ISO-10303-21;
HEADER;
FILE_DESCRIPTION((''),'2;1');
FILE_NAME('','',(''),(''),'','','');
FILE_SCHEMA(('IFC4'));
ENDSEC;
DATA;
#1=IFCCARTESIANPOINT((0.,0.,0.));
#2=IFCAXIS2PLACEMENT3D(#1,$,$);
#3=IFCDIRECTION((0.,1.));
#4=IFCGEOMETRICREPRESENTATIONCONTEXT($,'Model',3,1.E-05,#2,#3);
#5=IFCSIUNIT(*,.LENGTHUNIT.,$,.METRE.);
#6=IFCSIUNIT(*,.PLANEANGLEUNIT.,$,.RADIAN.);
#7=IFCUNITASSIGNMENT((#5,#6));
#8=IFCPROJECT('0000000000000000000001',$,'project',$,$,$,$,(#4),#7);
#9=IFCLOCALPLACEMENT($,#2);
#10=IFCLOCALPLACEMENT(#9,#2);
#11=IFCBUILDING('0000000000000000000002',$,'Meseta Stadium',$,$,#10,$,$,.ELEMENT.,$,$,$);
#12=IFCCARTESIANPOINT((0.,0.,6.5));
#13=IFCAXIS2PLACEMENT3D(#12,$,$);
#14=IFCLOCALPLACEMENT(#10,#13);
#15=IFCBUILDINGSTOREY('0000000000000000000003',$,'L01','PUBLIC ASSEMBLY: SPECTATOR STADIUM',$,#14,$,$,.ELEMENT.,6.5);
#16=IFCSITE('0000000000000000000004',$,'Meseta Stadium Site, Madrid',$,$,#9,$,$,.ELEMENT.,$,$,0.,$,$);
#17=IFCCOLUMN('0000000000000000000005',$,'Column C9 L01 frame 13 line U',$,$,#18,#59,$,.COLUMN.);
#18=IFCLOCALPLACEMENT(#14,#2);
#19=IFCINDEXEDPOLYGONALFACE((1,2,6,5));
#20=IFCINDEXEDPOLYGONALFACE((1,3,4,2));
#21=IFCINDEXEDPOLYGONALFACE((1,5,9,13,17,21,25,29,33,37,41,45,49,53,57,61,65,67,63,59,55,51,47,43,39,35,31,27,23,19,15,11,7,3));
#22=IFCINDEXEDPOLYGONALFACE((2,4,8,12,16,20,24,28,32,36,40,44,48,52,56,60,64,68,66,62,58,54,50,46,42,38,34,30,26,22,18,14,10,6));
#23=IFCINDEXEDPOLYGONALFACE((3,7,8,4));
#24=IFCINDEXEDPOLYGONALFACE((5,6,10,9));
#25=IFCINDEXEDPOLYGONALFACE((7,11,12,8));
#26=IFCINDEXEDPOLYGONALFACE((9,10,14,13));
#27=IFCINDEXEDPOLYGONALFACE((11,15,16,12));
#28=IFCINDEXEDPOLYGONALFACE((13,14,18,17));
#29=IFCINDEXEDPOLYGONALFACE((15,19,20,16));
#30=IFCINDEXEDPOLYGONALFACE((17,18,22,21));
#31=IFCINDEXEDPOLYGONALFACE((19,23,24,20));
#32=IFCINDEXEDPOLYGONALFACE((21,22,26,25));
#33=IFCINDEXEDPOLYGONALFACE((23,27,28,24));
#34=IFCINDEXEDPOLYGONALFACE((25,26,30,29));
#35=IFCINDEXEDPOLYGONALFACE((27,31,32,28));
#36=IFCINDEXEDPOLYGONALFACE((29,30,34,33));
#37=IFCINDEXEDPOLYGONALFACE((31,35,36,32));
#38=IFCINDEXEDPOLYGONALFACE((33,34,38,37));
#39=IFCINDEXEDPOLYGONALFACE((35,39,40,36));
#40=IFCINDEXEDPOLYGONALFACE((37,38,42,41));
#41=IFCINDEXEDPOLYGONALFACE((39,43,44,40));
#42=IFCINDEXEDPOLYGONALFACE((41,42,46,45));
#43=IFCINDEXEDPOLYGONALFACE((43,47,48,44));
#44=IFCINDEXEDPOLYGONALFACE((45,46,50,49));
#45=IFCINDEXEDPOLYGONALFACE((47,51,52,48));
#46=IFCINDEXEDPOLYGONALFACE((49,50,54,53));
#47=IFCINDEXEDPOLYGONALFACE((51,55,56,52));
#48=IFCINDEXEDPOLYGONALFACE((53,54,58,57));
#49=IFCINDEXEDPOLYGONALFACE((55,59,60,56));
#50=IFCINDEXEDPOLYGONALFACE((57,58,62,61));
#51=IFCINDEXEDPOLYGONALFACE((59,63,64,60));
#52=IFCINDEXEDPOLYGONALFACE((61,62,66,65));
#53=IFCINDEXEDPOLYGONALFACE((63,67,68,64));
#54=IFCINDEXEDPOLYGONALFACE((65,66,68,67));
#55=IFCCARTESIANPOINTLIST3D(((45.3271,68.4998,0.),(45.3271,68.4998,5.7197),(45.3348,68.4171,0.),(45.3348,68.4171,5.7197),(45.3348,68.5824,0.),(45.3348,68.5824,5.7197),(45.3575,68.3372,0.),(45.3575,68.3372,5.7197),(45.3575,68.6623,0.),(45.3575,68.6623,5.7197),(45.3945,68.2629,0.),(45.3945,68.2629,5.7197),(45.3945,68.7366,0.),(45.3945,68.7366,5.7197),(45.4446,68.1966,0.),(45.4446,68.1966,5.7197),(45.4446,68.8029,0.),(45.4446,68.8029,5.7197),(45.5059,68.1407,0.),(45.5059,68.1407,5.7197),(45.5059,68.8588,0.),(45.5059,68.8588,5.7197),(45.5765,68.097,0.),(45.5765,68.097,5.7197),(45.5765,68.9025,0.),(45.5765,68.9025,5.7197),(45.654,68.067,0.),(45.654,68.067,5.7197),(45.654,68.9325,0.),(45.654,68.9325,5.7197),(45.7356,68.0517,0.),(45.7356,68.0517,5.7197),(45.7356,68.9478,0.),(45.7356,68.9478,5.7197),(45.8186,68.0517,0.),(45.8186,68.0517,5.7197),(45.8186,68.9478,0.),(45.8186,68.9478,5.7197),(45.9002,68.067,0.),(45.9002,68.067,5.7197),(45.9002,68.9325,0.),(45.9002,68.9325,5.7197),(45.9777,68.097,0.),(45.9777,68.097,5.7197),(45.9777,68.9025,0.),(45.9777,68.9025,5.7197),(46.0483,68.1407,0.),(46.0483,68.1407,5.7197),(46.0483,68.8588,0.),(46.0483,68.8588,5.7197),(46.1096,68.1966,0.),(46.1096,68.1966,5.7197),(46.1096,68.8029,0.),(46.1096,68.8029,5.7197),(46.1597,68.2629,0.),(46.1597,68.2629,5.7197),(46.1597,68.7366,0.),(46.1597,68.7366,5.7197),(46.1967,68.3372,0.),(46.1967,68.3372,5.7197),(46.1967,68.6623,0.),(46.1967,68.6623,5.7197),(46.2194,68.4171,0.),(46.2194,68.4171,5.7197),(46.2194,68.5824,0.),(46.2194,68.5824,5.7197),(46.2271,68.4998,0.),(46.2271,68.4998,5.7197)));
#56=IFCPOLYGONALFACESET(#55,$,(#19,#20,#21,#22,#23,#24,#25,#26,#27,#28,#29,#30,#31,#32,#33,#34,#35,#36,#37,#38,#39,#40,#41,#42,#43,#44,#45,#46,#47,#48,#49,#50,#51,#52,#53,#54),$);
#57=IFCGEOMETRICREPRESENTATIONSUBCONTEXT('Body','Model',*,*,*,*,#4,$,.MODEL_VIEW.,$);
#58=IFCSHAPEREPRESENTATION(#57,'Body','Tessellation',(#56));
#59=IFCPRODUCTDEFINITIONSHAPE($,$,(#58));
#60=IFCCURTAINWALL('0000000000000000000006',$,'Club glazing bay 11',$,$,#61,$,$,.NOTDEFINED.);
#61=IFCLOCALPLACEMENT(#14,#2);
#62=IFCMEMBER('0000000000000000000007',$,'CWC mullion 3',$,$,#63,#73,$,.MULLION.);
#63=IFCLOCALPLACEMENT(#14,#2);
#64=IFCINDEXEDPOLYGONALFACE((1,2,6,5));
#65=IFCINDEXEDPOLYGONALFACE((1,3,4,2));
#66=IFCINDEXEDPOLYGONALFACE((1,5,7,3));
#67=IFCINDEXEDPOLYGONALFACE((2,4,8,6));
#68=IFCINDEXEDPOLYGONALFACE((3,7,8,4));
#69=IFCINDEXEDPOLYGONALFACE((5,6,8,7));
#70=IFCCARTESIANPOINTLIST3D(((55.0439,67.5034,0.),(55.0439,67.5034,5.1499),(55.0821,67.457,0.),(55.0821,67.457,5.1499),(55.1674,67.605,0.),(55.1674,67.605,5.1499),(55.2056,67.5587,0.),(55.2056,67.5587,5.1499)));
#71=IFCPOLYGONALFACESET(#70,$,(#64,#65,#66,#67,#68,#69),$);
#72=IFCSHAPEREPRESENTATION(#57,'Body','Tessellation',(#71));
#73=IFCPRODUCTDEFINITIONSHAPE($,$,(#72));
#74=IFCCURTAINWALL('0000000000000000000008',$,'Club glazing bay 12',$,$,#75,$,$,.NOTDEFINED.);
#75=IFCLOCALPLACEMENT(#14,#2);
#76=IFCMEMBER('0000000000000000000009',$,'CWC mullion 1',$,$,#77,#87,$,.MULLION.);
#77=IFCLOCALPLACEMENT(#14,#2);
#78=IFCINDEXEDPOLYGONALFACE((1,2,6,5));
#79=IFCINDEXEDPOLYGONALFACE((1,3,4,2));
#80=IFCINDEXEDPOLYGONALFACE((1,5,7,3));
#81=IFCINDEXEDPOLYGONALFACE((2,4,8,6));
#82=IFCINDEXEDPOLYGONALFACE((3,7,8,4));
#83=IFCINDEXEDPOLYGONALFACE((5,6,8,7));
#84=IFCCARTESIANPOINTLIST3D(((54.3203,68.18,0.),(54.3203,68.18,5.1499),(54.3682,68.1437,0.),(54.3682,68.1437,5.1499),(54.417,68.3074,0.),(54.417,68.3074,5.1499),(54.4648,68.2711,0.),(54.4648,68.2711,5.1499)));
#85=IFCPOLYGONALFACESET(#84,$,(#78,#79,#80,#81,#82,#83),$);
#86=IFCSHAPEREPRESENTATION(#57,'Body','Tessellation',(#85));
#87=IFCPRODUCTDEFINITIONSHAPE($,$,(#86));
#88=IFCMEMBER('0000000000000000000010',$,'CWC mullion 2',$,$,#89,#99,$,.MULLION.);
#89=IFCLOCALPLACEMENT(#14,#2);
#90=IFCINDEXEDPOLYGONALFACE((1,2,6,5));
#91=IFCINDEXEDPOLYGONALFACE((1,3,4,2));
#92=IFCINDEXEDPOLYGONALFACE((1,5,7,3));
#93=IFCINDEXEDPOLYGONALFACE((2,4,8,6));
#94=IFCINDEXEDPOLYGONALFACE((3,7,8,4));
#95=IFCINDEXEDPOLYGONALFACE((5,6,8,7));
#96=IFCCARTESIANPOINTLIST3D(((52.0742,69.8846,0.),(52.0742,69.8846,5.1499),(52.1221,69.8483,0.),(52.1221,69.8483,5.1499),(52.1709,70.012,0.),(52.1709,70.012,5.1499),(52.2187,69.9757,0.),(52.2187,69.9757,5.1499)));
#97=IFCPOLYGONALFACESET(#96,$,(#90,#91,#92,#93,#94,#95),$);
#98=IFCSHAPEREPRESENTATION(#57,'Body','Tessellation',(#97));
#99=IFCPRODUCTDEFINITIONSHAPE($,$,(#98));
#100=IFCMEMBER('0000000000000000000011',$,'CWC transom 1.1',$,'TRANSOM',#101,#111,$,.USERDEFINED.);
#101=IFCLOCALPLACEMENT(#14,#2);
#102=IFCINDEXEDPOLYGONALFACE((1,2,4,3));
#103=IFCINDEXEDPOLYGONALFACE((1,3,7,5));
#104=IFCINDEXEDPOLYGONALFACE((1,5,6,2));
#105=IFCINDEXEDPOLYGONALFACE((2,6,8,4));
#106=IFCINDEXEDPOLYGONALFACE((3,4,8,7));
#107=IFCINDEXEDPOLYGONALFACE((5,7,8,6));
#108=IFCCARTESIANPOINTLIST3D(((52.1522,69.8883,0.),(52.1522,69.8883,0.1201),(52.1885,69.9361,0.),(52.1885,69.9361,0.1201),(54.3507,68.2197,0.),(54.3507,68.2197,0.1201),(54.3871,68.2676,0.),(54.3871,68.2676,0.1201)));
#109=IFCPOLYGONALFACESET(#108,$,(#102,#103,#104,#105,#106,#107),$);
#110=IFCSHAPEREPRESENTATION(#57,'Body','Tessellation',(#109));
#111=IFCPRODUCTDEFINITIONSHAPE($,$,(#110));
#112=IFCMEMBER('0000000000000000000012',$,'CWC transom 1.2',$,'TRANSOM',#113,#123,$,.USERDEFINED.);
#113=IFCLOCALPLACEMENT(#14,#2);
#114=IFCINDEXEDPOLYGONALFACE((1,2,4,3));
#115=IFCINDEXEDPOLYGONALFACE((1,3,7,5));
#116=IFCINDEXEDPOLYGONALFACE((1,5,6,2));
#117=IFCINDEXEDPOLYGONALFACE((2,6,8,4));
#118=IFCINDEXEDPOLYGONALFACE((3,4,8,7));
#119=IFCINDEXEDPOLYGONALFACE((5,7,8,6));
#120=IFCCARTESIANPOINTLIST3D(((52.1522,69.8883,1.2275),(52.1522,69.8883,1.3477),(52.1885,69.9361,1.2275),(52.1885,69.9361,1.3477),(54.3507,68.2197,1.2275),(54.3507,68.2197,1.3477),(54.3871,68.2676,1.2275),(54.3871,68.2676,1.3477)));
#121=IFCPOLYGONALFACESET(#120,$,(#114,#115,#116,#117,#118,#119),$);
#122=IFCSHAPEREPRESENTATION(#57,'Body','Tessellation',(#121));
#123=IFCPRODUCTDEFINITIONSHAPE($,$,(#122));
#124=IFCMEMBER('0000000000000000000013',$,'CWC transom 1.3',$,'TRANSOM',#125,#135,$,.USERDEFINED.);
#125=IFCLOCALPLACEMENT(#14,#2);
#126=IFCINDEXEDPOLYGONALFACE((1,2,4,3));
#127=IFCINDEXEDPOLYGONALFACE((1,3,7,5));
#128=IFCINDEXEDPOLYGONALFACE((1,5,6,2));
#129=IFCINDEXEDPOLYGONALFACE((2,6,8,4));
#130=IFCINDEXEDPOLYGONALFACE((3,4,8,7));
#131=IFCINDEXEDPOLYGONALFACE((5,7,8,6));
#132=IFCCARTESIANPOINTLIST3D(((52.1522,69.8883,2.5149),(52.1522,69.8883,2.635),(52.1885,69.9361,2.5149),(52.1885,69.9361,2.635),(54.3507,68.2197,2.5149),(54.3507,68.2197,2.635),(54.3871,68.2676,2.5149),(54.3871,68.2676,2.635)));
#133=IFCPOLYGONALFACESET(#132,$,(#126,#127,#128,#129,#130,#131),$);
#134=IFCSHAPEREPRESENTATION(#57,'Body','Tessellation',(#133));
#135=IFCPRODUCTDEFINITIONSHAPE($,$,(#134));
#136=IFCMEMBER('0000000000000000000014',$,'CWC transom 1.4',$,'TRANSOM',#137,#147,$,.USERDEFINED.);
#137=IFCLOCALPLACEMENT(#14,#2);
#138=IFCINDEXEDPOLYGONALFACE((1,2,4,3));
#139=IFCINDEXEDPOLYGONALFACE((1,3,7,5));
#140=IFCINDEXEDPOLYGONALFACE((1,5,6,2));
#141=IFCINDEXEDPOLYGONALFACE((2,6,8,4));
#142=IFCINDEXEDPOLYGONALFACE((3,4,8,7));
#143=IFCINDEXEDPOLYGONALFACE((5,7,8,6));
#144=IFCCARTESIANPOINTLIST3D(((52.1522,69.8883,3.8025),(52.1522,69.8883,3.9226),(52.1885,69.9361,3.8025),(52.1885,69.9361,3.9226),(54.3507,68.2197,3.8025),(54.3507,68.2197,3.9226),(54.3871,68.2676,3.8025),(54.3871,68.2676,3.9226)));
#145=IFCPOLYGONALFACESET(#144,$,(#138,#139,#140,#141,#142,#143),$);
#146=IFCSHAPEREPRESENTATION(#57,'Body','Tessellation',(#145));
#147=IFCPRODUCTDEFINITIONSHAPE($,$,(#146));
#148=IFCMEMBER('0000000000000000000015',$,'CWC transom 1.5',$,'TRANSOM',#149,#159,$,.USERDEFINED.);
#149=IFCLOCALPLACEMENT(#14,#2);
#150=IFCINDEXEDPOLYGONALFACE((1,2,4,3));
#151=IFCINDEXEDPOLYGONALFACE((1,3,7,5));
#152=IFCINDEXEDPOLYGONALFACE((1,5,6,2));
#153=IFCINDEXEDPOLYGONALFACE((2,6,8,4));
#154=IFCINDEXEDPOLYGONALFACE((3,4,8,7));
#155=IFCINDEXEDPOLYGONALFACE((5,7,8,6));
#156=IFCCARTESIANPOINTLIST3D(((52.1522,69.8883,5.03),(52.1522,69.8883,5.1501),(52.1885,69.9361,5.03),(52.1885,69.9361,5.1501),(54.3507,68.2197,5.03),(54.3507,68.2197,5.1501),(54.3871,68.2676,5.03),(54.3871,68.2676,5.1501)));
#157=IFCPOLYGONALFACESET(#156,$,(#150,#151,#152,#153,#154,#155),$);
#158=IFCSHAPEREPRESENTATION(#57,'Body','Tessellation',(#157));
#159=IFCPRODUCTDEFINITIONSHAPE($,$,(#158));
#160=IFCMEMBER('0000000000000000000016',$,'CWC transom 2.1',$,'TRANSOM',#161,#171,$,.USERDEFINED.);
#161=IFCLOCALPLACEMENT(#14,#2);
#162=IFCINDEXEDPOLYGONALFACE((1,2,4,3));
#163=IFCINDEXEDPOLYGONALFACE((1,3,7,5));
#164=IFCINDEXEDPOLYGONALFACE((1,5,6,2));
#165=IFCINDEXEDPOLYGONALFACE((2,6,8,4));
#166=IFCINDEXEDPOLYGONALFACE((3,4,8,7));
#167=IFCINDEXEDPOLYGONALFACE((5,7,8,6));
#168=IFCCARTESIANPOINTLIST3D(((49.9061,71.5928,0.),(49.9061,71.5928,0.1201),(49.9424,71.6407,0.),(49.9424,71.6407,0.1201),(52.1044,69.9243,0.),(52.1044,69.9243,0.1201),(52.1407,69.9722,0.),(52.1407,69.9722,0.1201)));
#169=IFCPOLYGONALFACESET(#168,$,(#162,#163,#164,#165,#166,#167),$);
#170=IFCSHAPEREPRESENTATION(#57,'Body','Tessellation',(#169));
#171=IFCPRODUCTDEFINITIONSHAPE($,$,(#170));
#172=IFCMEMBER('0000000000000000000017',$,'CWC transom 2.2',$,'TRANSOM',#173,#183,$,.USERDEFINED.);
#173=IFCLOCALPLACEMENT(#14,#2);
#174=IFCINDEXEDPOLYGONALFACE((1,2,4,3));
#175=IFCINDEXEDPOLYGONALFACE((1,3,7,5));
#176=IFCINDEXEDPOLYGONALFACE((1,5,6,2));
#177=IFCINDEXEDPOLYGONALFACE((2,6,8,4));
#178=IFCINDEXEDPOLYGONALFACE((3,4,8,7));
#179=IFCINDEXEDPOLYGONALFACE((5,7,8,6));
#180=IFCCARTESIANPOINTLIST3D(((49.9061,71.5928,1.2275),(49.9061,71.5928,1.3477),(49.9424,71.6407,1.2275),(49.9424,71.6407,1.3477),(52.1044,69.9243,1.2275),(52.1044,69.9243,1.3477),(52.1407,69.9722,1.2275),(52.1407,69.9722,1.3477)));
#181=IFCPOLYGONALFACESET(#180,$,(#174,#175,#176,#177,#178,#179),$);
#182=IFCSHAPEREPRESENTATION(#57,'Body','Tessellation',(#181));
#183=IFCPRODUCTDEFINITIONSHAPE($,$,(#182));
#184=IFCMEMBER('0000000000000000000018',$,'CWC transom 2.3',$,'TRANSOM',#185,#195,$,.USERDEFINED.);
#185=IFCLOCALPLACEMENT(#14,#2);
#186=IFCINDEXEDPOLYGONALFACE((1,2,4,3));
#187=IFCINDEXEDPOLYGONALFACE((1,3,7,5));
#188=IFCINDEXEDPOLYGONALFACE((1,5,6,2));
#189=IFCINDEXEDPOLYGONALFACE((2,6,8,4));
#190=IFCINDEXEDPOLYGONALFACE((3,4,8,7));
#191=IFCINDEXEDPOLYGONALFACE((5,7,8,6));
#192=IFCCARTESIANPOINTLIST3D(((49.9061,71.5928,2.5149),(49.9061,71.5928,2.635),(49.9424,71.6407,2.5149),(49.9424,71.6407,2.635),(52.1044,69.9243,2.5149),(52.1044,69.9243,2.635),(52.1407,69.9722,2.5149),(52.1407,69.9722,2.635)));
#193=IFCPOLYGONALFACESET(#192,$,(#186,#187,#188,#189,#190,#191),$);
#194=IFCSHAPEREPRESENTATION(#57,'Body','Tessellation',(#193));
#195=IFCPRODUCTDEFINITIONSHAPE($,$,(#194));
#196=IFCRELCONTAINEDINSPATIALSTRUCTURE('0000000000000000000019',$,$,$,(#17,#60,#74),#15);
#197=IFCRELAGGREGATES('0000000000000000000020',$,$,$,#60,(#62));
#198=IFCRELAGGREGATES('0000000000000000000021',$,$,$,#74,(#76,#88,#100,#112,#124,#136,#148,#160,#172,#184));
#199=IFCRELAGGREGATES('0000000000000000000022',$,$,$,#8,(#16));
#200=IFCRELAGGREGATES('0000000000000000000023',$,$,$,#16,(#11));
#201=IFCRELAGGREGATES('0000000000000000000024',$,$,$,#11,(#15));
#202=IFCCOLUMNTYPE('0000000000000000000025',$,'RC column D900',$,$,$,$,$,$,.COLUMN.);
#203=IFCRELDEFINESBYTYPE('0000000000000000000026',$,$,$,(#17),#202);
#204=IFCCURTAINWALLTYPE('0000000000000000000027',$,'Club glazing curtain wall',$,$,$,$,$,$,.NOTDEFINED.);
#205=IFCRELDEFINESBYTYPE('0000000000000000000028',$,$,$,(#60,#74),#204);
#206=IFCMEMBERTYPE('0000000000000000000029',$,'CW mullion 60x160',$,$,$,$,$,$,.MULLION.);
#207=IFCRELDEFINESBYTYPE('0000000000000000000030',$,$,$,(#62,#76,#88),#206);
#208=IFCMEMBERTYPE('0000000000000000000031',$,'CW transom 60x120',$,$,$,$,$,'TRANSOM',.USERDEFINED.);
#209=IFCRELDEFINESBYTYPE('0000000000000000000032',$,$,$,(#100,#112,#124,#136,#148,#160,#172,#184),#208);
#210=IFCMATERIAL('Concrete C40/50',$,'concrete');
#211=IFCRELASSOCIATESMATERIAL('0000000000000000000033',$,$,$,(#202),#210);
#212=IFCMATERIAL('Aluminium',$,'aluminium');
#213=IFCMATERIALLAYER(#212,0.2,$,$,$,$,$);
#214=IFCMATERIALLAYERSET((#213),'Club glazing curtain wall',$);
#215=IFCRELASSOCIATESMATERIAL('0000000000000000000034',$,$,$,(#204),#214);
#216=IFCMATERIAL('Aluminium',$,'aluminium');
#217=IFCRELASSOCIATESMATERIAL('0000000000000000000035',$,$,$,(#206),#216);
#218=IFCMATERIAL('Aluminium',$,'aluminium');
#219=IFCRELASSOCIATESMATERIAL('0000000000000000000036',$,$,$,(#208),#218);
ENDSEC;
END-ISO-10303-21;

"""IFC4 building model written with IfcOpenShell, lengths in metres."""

from ifc_helpers import new_model, si_unit, direction, frame, origin, origin_2d, place, context, subcontext, project, spatial, rectangle, circle, extrude, material, layer, layer_set, material_profile, profile_set, type_object, element, aggregate, save


model = new_model("IFC4")

# Units and contexts
model_context = context("Model", 3, precision=1e-05, world=origin(), true_north=direction((0.0, 1.0)))
body_context = subcontext(model_context, "Body", "Model", "MODEL_VIEW")
ifc_project = project(units=[si_unit("LENGTHUNIT", "METRE"), si_unit("PLANEANGLEUNIT", "RADIAN")], contexts=[model_context])

# Site, building, storey
site_placement = place(None, origin())
site = spatial("IfcSite", under=ifc_project, at=site_placement, Name="Meseta Stadium Site, Madrid", CompositionType="ELEMENT", RefElevation=0.0)
building_placement = place(site_placement, origin())
building = spatial("IfcBuilding", under=site, at=building_placement, Name="Meseta Stadium", CompositionType="ELEMENT")
storey_placement = place(building_placement, frame((0.0, 0.0, 6.5)))
storey = spatial("IfcBuildingStorey", under=building, at=storey_placement, Name="L01", Description="PUBLIC ASSEMBLY: SPECTATOR STADIUM", CompositionType="ELEMENT", Elevation=6.5)

# Column
ifc_material_1 = material(Name="Concrete C40/50", Category="concrete")
ifc_material_profile_1 = material_profile(ifc_material_1, circle(Radius=0.45, at=origin_2d()), Name="RC D900")
ifc_profile_set_1 = profile_set([ifc_material_profile_1], Name="Concrete C40/50")
column_type_1 = type_object("IfcColumnType", Name="RC column D900", PredefinedType="COLUMN", material=ifc_profile_set_1)
column_1_placement = place(storey_placement, frame((45.7771, 68.4998, 0.0), z_axis=(0.0, 0.0, 1.0), x_axis=(1.0, 0.0, 0.0)))
element("IfcColumn", 1, at=column_1_placement, inside=storey, type_object=column_type_1, Name="Column C9 L01 frame 13 line U", PredefinedType="COLUMN", context=body_context, shape_type="SweptSolid", body=[
    extrude(circle(Radius=0.45, at=origin_2d()), origin(), (0.0, 0.0, 1.0), 5.7197),
])

# Curtain wall, member
ifc_material_2 = material(Name="Aluminium", Category="aluminium")
ifc_layer_1 = layer(ifc_material_2, 0.2)
ifc_layer_set_1 = layer_set([ifc_layer_1], Name="Club glazing curtain wall")
curtain_wall_type = type_object("IfcCurtainWallType", Name="Club glazing curtain wall", PredefinedType="NOTDEFINED", material=ifc_layer_set_1)
curtain_wall_1_placement = place(storey_placement, origin())
curtain_wall_1 = element("IfcCurtainWall", 2, at=curtain_wall_1_placement, inside=storey, type_object=curtain_wall_type, Name="Club glazing bay 11", PredefinedType="NOTDEFINED")
ifc_material_3 = material(Name="Aluminium", Category="aluminium")
ifc_material_profile_2 = material_profile(ifc_material_3, rectangle(XDim=0.1599, YDim=0.0601, at=origin_2d()), Name="CW 160x60")
ifc_profile_set_2 = profile_set([ifc_material_profile_2], Name="Aluminium")
member_type_1 = type_object("IfcMemberType", Name="CW mullion 60x160", PredefinedType="MULLION", material=ifc_profile_set_2)
member_1_placement = place(storey_placement, frame((55.1248, 67.531, 0.0), z_axis=(0.0, 0.0, 1.0), x_axis=(-0.771902, -0.635741, 0.0)))
member_1 = element("IfcMember", 3, at=member_1_placement, type_object=member_type_1, Name="CWC mullion 3", PredefinedType="MULLION", context=body_context, shape_type="SweptSolid", body=[
    extrude(rectangle(XDim=0.1599, YDim=0.0601, at=origin_2d()), origin(), (0.0, 0.0, 1.0), 5.1499),
])

# Curtain wall, members
curtain_wall_2_placement = place(storey_placement, origin())
curtain_wall_2 = element("IfcCurtainWall", 4, at=curtain_wall_2_placement, inside=storey, type_object=curtain_wall_type, Name="Club glazing bay 12", PredefinedType="NOTDEFINED")
member_2_placement = place(storey_placement, frame((54.3926, 68.2256, 0.0), z_axis=(0.0, 0.0, 1.0), x_axis=(-0.60452, -0.79659, 0.0)))
member_2 = element("IfcMember", 5, at=member_2_placement, type_object=member_type_1, Name="CWC mullion 1", PredefinedType="MULLION", context=body_context, shape_type="SweptSolid", body=[
    extrude(rectangle(XDim=0.1599, YDim=0.0601, at=origin_2d()), origin(), (0.0, 0.0, 1.0), 5.1499),
])
member_3_placement = place(storey_placement, frame((52.1465, 69.9302, 0.0), z_axis=(0.0, 0.0, 1.0), x_axis=(-0.60452, -0.79659, 0.0)))
member_3 = element("IfcMember", 6, at=member_3_placement, type_object=member_type_1, Name="CWC mullion 2", PredefinedType="MULLION", context=body_context, shape_type="SweptSolid", body=[
    extrude(rectangle(XDim=0.1599, YDim=0.0601, at=origin_2d()), origin(), (0.0, 0.0, 1.0), 5.1499),
])
ifc_material_4 = material(Name="Aluminium", Category="aluminium")
ifc_material_profile_3 = material_profile(ifc_material_4, rectangle(XDim=0.0601, YDim=0.1201, at=origin_2d()), Name="CW 60x120")
ifc_profile_set_3 = profile_set([ifc_material_profile_3], Name="Aluminium")
member_type_2 = type_object("IfcMemberType", Name="CW transom 60x120", ElementType="TRANSOM", PredefinedType="USERDEFINED", material=ifc_profile_set_3)
member_4_placement = place(storey_placement, frame((54.3689, 68.2437, 0.0601), z_axis=(-0.79658, 0.604534, 0.0), x_axis=(-0.604534, -0.79658, 0.0)))
member_4 = element("IfcMember", 7, at=member_4_placement, type_object=member_type_2, Name="CWC transom 1.1", ObjectType="TRANSOM", PredefinedType="USERDEFINED", context=body_context, shape_type="SweptSolid", body=[
    extrude(rectangle(XDim=0.0601, YDim=0.1201, at=origin_2d()), origin(), (0.0, 0.0, 1.0), 2.76),
])
member_5_placement = place(storey_placement, frame((54.3689, 68.2437, 1.2876), z_axis=(-0.79658, 0.604534, 0.0), x_axis=(-0.604534, -0.79658, 0.0)))
member_5 = element("IfcMember", 8, at=member_5_placement, type_object=member_type_2, Name="CWC transom 1.2", ObjectType="TRANSOM", PredefinedType="USERDEFINED", context=body_context, shape_type="SweptSolid", body=[
    extrude(rectangle(XDim=0.0601, YDim=0.1201, at=origin_2d()), origin(), (0.0, 0.0, 1.0), 2.76),
])
member_6_placement = place(storey_placement, frame((54.3689, 68.2437, 2.575), z_axis=(-0.79658, 0.604534, 0.0), x_axis=(-0.604534, -0.79658, 0.0)))
member_6 = element("IfcMember", 9, at=member_6_placement, type_object=member_type_2, Name="CWC transom 1.3", ObjectType="TRANSOM", PredefinedType="USERDEFINED", context=body_context, shape_type="SweptSolid", body=[
    extrude(rectangle(XDim=0.0601, YDim=0.1201, at=origin_2d()), origin(), (0.0, 0.0, 1.0), 2.76),
])
member_7_placement = place(storey_placement, frame((54.3689, 68.2437, 3.8625), z_axis=(-0.79658, 0.604534, 0.0), x_axis=(-0.604534, -0.79658, 0.0)))
member_7 = element("IfcMember", 10, at=member_7_placement, type_object=member_type_2, Name="CWC transom 1.4", ObjectType="TRANSOM", PredefinedType="USERDEFINED", context=body_context, shape_type="SweptSolid", body=[
    extrude(rectangle(XDim=0.0601, YDim=0.1201, at=origin_2d()), origin(), (0.0, 0.0, 1.0), 2.76),
])
member_8_placement = place(storey_placement, frame((54.3689, 68.2437, 5.0901), z_axis=(-0.79658, 0.604534, 0.0), x_axis=(-0.604534, -0.79658, 0.0)))
member_8 = element("IfcMember", 11, at=member_8_placement, type_object=member_type_2, Name="CWC transom 1.5", ObjectType="TRANSOM", PredefinedType="USERDEFINED", context=body_context, shape_type="SweptSolid", body=[
    extrude(rectangle(XDim=0.0601, YDim=0.1201, at=origin_2d()), origin(), (0.0, 0.0, 1.0), 2.76),
])
member_9_placement = place(storey_placement, frame((52.1226, 69.9482, 0.0601), z_axis=(-0.796547, 0.604576, 0.0), x_axis=(-0.604576, -0.796547, 0.0)))
member_9 = element("IfcMember", 12, at=member_9_placement, type_object=member_type_2, Name="CWC transom 2.1", ObjectType="TRANSOM", PredefinedType="USERDEFINED", context=body_context, shape_type="SweptSolid", body=[
    extrude(rectangle(XDim=0.0601, YDim=0.1201, at=origin_2d()), origin(), (0.0, 0.0, 1.0), 2.7598),
])
member_10_placement = place(storey_placement, frame((52.1226, 69.9482, 1.2876), z_axis=(-0.796547, 0.604576, 0.0), x_axis=(-0.604576, -0.796547, 0.0)))
member_10 = element("IfcMember", 13, at=member_10_placement, type_object=member_type_2, Name="CWC transom 2.2", ObjectType="TRANSOM", PredefinedType="USERDEFINED", context=body_context, shape_type="SweptSolid", body=[
    extrude(rectangle(XDim=0.0601, YDim=0.1201, at=origin_2d()), origin(), (0.0, 0.0, 1.0), 2.7598),
])
member_11_placement = place(storey_placement, frame((52.1226, 69.9482, 2.575), z_axis=(-0.796547, 0.604576, 0.0), x_axis=(-0.604576, -0.796547, 0.0)))
member_11 = element("IfcMember", 14, at=member_11_placement, type_object=member_type_2, Name="CWC transom 2.3", ObjectType="TRANSOM", PredefinedType="USERDEFINED", context=body_context, shape_type="SweptSolid", body=[
    extrude(rectangle(XDim=0.0601, YDim=0.1201, at=origin_2d()), origin(), (0.0, 0.0, 1.0), 2.7598),
])

aggregate(curtain_wall_1, [member_1])
aggregate(curtain_wall_2, [member_2, member_3, member_4, member_5, member_6, member_7, member_8, member_9, member_10, member_11])

save(model, "model.ifc")
